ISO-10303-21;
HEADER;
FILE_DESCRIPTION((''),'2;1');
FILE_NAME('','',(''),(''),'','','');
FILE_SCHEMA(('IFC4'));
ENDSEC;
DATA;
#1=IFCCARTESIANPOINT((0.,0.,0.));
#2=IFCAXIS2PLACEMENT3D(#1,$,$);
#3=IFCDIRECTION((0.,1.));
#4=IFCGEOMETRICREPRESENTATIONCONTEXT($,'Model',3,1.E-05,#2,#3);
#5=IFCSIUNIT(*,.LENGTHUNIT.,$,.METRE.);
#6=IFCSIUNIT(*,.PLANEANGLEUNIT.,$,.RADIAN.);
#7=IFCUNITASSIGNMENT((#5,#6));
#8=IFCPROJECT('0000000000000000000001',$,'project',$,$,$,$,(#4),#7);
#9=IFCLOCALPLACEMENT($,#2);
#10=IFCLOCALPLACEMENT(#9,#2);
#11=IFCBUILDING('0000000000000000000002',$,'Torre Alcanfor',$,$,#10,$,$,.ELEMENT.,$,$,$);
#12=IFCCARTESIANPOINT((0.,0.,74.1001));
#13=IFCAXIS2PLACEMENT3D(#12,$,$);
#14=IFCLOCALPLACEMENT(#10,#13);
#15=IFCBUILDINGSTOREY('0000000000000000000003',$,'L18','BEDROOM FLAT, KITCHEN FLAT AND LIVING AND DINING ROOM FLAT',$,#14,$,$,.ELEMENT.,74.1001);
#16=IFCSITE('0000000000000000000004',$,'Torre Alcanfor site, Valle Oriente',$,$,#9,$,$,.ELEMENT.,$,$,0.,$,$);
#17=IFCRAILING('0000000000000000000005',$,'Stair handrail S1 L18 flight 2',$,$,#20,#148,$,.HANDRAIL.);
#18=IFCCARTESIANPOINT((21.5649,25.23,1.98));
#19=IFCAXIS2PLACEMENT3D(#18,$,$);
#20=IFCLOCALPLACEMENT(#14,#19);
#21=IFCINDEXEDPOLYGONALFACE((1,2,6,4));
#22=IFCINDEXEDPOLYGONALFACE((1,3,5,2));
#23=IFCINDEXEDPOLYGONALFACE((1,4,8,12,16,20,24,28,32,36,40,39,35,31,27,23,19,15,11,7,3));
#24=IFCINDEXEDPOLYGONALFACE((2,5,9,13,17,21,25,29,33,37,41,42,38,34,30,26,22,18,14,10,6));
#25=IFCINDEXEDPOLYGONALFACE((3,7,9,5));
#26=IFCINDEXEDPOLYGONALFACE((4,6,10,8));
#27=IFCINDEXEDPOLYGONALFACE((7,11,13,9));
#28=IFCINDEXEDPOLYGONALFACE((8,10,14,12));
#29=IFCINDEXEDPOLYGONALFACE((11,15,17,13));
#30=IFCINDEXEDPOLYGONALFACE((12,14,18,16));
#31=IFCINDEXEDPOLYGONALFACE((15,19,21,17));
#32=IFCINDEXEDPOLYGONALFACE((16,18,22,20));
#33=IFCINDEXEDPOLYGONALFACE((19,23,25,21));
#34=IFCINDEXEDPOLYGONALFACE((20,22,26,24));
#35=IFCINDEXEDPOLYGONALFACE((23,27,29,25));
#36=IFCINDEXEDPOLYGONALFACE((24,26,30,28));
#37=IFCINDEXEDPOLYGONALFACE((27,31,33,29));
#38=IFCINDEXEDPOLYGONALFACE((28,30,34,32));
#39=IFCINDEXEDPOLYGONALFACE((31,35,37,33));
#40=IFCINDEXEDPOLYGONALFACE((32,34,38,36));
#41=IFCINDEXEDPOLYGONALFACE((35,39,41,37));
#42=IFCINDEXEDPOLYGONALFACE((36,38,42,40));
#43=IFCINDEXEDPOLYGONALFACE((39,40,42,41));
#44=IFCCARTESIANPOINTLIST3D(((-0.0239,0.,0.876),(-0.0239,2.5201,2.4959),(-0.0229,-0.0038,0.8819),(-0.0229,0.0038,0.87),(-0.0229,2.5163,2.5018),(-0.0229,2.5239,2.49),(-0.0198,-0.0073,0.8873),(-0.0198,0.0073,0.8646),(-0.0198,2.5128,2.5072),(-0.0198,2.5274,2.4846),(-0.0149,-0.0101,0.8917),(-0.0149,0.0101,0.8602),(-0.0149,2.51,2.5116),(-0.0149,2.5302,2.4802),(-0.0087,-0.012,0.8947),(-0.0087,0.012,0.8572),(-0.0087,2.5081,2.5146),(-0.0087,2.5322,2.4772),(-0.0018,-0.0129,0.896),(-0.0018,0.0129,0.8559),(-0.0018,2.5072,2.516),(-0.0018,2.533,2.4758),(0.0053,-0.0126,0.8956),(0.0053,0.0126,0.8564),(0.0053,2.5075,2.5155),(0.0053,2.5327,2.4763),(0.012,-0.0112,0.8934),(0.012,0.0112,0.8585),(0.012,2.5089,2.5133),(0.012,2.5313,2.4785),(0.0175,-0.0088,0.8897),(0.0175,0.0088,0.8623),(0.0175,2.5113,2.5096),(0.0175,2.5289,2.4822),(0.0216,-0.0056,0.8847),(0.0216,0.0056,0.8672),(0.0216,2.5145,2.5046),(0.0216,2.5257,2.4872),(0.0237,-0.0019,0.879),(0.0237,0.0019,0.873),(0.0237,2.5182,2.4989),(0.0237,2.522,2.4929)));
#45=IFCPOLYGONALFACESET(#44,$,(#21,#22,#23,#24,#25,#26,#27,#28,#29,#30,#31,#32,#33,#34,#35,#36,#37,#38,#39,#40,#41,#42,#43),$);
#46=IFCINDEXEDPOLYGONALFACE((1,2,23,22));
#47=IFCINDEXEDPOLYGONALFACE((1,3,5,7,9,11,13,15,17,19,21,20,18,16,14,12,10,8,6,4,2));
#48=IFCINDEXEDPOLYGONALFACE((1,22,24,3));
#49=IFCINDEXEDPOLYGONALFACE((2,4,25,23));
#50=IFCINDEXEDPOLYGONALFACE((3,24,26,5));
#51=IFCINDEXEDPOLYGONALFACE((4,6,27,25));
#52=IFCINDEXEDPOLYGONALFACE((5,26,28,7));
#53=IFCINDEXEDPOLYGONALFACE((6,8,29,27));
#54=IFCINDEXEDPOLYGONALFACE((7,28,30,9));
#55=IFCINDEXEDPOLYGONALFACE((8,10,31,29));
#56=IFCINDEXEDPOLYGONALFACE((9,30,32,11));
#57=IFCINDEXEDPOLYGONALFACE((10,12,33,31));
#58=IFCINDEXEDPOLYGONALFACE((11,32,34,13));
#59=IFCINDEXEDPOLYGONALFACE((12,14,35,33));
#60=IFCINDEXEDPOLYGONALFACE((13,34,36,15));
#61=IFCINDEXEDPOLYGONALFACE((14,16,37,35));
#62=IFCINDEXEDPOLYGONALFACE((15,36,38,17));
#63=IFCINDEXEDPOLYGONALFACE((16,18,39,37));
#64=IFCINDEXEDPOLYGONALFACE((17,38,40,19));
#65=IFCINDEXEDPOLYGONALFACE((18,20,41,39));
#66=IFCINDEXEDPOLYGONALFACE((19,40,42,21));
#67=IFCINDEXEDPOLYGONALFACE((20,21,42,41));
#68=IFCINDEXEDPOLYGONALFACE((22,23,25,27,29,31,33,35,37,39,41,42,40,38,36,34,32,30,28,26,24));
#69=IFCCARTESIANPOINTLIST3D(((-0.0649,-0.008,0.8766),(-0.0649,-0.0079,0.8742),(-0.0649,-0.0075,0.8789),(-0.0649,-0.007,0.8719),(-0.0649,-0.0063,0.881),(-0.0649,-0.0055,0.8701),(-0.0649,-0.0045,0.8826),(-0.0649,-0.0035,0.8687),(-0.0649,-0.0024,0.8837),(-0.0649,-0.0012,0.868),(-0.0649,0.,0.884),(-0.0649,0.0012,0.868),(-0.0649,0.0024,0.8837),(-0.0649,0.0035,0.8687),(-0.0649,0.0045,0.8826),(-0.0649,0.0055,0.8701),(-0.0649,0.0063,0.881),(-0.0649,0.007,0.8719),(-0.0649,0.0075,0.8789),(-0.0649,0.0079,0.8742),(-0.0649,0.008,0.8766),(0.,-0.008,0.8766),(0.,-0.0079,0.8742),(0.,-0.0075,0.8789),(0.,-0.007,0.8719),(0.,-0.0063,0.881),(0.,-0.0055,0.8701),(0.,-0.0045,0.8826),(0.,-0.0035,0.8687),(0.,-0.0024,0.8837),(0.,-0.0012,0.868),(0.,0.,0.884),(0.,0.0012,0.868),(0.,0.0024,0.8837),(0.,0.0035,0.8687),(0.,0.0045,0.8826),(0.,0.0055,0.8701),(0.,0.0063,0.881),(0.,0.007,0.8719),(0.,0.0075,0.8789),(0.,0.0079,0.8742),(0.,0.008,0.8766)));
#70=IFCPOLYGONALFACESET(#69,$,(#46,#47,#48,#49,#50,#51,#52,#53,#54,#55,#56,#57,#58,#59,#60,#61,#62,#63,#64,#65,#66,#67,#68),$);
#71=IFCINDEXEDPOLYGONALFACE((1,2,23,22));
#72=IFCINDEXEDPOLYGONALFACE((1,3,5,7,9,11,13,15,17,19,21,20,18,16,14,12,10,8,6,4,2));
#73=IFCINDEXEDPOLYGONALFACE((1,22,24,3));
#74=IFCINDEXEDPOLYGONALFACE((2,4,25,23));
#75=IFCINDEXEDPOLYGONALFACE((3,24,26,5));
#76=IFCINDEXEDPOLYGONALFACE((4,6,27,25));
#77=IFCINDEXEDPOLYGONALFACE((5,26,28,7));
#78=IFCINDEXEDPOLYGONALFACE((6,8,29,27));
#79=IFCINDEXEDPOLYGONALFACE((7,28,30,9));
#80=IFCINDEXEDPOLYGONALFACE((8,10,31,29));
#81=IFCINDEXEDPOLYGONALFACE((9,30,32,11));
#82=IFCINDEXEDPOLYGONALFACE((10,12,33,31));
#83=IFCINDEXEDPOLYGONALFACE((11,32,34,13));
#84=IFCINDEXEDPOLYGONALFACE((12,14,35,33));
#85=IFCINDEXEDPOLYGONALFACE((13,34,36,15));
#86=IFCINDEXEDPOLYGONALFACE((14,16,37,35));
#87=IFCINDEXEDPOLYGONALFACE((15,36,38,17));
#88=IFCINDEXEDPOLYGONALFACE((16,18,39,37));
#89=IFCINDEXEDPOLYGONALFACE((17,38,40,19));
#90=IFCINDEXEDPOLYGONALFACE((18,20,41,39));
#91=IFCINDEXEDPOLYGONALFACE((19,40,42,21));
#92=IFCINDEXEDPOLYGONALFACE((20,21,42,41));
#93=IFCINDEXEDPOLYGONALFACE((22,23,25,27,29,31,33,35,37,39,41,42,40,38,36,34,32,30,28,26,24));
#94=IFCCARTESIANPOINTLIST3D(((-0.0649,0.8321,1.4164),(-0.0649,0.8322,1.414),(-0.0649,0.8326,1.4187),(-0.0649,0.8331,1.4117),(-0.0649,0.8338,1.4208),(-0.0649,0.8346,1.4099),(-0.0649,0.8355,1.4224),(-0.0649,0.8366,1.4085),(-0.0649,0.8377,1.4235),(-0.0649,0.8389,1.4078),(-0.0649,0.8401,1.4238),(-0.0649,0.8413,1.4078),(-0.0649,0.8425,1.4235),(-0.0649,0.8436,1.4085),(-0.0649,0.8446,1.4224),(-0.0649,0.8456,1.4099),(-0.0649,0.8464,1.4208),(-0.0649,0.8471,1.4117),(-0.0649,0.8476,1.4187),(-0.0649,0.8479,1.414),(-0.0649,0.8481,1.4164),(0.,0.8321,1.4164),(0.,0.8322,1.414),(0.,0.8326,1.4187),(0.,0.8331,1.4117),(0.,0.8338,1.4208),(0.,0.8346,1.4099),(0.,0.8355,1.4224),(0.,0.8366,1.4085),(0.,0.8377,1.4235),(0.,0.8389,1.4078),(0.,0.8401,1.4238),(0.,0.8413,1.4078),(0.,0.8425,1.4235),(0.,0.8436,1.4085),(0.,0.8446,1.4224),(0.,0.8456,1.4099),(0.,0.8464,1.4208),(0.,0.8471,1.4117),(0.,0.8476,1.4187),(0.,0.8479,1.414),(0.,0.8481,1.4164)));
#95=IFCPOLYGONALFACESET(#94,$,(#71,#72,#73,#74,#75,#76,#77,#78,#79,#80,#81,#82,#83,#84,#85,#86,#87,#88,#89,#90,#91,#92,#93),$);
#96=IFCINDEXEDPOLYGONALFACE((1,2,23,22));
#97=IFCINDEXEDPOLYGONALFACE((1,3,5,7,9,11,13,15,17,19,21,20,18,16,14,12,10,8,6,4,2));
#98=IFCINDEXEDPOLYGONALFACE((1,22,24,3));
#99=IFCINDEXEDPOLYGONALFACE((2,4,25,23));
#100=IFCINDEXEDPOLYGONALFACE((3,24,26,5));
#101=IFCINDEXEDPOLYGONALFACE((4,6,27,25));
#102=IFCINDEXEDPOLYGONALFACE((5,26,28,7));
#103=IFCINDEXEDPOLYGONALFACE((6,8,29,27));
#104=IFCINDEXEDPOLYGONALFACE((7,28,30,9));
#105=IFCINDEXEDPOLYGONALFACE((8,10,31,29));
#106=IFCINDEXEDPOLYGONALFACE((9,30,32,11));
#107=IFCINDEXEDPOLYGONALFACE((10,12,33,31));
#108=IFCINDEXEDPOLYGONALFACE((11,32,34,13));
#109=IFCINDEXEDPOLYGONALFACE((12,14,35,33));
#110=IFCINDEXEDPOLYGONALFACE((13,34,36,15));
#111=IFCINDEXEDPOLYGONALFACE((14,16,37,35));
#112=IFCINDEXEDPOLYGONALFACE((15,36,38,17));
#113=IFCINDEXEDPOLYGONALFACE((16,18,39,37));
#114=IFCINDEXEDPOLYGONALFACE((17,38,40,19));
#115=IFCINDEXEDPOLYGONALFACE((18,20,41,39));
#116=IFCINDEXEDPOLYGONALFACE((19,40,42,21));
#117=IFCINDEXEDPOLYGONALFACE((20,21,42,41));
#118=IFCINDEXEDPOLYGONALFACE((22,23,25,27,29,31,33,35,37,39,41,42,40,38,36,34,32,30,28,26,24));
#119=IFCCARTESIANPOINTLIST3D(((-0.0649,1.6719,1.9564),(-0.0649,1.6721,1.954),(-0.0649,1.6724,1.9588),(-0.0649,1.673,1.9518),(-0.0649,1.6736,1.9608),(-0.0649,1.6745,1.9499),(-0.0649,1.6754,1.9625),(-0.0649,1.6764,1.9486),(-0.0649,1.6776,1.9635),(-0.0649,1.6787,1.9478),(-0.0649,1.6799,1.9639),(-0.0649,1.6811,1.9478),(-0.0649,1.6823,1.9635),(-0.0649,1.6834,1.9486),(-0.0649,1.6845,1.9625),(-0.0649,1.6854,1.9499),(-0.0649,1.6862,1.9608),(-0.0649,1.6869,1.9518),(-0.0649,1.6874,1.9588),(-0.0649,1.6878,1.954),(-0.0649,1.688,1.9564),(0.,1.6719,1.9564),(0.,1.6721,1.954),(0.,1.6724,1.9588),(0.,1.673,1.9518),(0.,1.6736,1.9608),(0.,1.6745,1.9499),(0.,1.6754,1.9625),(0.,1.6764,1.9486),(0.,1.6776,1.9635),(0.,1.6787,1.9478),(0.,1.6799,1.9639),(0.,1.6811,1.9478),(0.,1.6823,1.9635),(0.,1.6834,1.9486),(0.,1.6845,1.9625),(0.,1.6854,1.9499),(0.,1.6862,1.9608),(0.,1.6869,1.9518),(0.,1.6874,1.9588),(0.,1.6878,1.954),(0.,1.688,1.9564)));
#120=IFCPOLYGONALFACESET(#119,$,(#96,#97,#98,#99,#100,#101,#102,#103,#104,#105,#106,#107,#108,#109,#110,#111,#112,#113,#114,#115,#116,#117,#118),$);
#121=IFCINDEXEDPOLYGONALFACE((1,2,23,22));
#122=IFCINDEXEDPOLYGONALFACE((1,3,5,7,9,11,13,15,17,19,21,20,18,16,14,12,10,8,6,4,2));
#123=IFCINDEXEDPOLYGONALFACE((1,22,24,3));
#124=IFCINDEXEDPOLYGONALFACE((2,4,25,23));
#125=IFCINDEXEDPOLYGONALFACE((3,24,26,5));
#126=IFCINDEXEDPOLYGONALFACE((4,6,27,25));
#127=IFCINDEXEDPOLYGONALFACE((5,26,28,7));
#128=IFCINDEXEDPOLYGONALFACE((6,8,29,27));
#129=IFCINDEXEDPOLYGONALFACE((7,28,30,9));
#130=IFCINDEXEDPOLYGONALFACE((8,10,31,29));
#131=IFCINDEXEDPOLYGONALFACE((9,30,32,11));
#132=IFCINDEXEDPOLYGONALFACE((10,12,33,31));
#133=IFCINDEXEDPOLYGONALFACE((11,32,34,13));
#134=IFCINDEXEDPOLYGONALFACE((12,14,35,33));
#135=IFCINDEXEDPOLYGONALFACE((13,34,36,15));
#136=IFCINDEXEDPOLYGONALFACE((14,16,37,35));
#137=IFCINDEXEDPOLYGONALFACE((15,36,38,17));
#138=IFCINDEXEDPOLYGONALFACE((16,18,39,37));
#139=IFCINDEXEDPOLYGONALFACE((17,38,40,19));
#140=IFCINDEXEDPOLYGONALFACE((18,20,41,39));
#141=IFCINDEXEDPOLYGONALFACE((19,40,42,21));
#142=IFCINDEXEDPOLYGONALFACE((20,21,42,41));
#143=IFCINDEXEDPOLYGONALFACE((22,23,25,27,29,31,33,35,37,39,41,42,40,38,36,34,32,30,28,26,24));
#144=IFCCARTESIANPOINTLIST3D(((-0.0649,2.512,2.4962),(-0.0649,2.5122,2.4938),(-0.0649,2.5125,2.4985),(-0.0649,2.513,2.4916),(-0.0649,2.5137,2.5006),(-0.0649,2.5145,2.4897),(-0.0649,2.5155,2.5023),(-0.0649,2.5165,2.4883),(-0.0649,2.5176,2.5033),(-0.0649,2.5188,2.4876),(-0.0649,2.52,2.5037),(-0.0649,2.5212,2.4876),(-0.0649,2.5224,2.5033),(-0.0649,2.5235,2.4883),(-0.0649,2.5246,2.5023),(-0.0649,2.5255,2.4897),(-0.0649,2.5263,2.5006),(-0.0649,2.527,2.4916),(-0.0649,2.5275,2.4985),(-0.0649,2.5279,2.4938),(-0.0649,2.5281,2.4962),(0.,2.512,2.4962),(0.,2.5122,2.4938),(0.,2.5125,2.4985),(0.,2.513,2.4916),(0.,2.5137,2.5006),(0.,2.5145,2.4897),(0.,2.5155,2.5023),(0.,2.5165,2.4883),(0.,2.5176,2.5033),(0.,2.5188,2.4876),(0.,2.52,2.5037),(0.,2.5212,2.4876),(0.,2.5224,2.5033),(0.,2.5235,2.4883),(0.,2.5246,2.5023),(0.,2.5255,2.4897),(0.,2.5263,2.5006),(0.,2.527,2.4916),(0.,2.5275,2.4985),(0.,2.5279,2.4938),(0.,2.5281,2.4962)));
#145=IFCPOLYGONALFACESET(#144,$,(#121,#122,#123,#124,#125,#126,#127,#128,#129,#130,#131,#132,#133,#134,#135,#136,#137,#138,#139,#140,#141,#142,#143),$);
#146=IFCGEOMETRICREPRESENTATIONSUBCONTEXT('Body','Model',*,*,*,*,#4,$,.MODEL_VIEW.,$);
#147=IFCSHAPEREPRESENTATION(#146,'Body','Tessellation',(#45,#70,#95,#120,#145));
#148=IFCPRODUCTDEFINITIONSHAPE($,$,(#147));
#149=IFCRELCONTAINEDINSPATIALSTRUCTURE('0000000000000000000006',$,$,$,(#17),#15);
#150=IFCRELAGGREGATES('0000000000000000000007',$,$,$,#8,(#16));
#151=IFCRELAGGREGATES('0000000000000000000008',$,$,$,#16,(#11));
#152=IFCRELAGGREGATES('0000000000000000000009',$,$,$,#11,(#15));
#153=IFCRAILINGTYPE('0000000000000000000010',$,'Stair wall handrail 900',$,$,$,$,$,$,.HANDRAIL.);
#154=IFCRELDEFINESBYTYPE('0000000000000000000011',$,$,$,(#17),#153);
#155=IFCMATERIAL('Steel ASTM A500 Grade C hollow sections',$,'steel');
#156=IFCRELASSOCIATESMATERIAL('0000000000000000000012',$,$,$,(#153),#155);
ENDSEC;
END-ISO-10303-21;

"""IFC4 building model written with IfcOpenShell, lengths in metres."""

from ifc_helpers import new_model, si_unit, direction, frame, origin, origin_2d, place, context, subcontext, project, spatial, circle, extrude, material, type_object, element, save


model = new_model("IFC4")

# Units and contexts
model_context = context("Model", 3, precision=1e-05, world=origin(), true_north=direction((0.0, 1.0)))
body_context = subcontext(model_context, "Body", "Model", "MODEL_VIEW")
ifc_project = project(units=[si_unit("LENGTHUNIT", "METRE"), si_unit("PLANEANGLEUNIT", "RADIAN")], contexts=[model_context])

# Site, building, storey
site_placement = place(None, origin())
site = spatial("IfcSite", under=ifc_project, at=site_placement, Name="Torre Alcanfor site, Valle Oriente", CompositionType="ELEMENT", RefElevation=0.0)
building_placement = place(site_placement, origin())
building = spatial("IfcBuilding", under=site, at=building_placement, Name="Torre Alcanfor", CompositionType="ELEMENT")
storey_placement = place(building_placement, frame((0.0, 0.0, 74.1001)))
storey = spatial("IfcBuildingStorey", under=building, at=storey_placement, Name="L18", Description="BEDROOM FLAT, KITCHEN FLAT AND LIVING AND DINING ROOM FLAT", CompositionType="ELEMENT", Elevation=74.1001)

# Railing
ifc_material_1 = material(Name="Steel ASTM A500 Grade C hollow sections", Category="steel")
railing_type_1 = type_object("IfcRailingType", Name="Stair wall handrail 900", PredefinedType="HANDRAIL", material=ifc_material_1)
railing_1_placement = place(storey_placement, frame((21.5649, 25.23, 1.98)))
element("IfcRailing", 1, at=railing_1_placement, inside=storey, type_object=railing_type_1, Name="Stair handrail S1 L18 flight 2", PredefinedType="HANDRAIL", context=body_context, shape_type="SweptSolid", body=[
    extrude(circle(Radius=0.0239, at=origin_2d()), frame((0.0, 0.0, 0.876), z_axis=(0.0, 0.8412, 0.540725), x_axis=(-1.0, 0.0, 0.0)), (0.0, 0.0, 1.0), 2.9958),
    extrude(circle(Radius=0.0081, at=origin_2d()), frame((0.0, 0.0, 0.876), z_axis=(-1.0, 0.0, 0.0), x_axis=(0.0, 0.0, 1.0)), (0.0, 0.0, 1.0), 0.0649),
    extrude(circle(Radius=0.0081, at=origin_2d()), frame((0.0, 0.8401, 1.4158), z_axis=(-1.0, 0.0, 0.0), x_axis=(0.0, 0.0, 1.0)), (0.0, 0.0, 1.0), 0.0649),
    extrude(circle(Radius=0.0081, at=origin_2d()), frame((0.0, 1.6799, 1.9558), z_axis=(-1.0, 0.0, 0.0), x_axis=(0.0, 0.0, 1.0)), (0.0, 0.0, 1.0), 0.0649),
    extrude(circle(Radius=0.0081, at=origin_2d()), frame((0.0, 2.52, 2.4956), z_axis=(-1.0, 0.0, 0.0), x_axis=(0.0, 0.0, 1.0)), (0.0, 0.0, 1.0), 0.0649),
])

save(model, "model.ifc")
